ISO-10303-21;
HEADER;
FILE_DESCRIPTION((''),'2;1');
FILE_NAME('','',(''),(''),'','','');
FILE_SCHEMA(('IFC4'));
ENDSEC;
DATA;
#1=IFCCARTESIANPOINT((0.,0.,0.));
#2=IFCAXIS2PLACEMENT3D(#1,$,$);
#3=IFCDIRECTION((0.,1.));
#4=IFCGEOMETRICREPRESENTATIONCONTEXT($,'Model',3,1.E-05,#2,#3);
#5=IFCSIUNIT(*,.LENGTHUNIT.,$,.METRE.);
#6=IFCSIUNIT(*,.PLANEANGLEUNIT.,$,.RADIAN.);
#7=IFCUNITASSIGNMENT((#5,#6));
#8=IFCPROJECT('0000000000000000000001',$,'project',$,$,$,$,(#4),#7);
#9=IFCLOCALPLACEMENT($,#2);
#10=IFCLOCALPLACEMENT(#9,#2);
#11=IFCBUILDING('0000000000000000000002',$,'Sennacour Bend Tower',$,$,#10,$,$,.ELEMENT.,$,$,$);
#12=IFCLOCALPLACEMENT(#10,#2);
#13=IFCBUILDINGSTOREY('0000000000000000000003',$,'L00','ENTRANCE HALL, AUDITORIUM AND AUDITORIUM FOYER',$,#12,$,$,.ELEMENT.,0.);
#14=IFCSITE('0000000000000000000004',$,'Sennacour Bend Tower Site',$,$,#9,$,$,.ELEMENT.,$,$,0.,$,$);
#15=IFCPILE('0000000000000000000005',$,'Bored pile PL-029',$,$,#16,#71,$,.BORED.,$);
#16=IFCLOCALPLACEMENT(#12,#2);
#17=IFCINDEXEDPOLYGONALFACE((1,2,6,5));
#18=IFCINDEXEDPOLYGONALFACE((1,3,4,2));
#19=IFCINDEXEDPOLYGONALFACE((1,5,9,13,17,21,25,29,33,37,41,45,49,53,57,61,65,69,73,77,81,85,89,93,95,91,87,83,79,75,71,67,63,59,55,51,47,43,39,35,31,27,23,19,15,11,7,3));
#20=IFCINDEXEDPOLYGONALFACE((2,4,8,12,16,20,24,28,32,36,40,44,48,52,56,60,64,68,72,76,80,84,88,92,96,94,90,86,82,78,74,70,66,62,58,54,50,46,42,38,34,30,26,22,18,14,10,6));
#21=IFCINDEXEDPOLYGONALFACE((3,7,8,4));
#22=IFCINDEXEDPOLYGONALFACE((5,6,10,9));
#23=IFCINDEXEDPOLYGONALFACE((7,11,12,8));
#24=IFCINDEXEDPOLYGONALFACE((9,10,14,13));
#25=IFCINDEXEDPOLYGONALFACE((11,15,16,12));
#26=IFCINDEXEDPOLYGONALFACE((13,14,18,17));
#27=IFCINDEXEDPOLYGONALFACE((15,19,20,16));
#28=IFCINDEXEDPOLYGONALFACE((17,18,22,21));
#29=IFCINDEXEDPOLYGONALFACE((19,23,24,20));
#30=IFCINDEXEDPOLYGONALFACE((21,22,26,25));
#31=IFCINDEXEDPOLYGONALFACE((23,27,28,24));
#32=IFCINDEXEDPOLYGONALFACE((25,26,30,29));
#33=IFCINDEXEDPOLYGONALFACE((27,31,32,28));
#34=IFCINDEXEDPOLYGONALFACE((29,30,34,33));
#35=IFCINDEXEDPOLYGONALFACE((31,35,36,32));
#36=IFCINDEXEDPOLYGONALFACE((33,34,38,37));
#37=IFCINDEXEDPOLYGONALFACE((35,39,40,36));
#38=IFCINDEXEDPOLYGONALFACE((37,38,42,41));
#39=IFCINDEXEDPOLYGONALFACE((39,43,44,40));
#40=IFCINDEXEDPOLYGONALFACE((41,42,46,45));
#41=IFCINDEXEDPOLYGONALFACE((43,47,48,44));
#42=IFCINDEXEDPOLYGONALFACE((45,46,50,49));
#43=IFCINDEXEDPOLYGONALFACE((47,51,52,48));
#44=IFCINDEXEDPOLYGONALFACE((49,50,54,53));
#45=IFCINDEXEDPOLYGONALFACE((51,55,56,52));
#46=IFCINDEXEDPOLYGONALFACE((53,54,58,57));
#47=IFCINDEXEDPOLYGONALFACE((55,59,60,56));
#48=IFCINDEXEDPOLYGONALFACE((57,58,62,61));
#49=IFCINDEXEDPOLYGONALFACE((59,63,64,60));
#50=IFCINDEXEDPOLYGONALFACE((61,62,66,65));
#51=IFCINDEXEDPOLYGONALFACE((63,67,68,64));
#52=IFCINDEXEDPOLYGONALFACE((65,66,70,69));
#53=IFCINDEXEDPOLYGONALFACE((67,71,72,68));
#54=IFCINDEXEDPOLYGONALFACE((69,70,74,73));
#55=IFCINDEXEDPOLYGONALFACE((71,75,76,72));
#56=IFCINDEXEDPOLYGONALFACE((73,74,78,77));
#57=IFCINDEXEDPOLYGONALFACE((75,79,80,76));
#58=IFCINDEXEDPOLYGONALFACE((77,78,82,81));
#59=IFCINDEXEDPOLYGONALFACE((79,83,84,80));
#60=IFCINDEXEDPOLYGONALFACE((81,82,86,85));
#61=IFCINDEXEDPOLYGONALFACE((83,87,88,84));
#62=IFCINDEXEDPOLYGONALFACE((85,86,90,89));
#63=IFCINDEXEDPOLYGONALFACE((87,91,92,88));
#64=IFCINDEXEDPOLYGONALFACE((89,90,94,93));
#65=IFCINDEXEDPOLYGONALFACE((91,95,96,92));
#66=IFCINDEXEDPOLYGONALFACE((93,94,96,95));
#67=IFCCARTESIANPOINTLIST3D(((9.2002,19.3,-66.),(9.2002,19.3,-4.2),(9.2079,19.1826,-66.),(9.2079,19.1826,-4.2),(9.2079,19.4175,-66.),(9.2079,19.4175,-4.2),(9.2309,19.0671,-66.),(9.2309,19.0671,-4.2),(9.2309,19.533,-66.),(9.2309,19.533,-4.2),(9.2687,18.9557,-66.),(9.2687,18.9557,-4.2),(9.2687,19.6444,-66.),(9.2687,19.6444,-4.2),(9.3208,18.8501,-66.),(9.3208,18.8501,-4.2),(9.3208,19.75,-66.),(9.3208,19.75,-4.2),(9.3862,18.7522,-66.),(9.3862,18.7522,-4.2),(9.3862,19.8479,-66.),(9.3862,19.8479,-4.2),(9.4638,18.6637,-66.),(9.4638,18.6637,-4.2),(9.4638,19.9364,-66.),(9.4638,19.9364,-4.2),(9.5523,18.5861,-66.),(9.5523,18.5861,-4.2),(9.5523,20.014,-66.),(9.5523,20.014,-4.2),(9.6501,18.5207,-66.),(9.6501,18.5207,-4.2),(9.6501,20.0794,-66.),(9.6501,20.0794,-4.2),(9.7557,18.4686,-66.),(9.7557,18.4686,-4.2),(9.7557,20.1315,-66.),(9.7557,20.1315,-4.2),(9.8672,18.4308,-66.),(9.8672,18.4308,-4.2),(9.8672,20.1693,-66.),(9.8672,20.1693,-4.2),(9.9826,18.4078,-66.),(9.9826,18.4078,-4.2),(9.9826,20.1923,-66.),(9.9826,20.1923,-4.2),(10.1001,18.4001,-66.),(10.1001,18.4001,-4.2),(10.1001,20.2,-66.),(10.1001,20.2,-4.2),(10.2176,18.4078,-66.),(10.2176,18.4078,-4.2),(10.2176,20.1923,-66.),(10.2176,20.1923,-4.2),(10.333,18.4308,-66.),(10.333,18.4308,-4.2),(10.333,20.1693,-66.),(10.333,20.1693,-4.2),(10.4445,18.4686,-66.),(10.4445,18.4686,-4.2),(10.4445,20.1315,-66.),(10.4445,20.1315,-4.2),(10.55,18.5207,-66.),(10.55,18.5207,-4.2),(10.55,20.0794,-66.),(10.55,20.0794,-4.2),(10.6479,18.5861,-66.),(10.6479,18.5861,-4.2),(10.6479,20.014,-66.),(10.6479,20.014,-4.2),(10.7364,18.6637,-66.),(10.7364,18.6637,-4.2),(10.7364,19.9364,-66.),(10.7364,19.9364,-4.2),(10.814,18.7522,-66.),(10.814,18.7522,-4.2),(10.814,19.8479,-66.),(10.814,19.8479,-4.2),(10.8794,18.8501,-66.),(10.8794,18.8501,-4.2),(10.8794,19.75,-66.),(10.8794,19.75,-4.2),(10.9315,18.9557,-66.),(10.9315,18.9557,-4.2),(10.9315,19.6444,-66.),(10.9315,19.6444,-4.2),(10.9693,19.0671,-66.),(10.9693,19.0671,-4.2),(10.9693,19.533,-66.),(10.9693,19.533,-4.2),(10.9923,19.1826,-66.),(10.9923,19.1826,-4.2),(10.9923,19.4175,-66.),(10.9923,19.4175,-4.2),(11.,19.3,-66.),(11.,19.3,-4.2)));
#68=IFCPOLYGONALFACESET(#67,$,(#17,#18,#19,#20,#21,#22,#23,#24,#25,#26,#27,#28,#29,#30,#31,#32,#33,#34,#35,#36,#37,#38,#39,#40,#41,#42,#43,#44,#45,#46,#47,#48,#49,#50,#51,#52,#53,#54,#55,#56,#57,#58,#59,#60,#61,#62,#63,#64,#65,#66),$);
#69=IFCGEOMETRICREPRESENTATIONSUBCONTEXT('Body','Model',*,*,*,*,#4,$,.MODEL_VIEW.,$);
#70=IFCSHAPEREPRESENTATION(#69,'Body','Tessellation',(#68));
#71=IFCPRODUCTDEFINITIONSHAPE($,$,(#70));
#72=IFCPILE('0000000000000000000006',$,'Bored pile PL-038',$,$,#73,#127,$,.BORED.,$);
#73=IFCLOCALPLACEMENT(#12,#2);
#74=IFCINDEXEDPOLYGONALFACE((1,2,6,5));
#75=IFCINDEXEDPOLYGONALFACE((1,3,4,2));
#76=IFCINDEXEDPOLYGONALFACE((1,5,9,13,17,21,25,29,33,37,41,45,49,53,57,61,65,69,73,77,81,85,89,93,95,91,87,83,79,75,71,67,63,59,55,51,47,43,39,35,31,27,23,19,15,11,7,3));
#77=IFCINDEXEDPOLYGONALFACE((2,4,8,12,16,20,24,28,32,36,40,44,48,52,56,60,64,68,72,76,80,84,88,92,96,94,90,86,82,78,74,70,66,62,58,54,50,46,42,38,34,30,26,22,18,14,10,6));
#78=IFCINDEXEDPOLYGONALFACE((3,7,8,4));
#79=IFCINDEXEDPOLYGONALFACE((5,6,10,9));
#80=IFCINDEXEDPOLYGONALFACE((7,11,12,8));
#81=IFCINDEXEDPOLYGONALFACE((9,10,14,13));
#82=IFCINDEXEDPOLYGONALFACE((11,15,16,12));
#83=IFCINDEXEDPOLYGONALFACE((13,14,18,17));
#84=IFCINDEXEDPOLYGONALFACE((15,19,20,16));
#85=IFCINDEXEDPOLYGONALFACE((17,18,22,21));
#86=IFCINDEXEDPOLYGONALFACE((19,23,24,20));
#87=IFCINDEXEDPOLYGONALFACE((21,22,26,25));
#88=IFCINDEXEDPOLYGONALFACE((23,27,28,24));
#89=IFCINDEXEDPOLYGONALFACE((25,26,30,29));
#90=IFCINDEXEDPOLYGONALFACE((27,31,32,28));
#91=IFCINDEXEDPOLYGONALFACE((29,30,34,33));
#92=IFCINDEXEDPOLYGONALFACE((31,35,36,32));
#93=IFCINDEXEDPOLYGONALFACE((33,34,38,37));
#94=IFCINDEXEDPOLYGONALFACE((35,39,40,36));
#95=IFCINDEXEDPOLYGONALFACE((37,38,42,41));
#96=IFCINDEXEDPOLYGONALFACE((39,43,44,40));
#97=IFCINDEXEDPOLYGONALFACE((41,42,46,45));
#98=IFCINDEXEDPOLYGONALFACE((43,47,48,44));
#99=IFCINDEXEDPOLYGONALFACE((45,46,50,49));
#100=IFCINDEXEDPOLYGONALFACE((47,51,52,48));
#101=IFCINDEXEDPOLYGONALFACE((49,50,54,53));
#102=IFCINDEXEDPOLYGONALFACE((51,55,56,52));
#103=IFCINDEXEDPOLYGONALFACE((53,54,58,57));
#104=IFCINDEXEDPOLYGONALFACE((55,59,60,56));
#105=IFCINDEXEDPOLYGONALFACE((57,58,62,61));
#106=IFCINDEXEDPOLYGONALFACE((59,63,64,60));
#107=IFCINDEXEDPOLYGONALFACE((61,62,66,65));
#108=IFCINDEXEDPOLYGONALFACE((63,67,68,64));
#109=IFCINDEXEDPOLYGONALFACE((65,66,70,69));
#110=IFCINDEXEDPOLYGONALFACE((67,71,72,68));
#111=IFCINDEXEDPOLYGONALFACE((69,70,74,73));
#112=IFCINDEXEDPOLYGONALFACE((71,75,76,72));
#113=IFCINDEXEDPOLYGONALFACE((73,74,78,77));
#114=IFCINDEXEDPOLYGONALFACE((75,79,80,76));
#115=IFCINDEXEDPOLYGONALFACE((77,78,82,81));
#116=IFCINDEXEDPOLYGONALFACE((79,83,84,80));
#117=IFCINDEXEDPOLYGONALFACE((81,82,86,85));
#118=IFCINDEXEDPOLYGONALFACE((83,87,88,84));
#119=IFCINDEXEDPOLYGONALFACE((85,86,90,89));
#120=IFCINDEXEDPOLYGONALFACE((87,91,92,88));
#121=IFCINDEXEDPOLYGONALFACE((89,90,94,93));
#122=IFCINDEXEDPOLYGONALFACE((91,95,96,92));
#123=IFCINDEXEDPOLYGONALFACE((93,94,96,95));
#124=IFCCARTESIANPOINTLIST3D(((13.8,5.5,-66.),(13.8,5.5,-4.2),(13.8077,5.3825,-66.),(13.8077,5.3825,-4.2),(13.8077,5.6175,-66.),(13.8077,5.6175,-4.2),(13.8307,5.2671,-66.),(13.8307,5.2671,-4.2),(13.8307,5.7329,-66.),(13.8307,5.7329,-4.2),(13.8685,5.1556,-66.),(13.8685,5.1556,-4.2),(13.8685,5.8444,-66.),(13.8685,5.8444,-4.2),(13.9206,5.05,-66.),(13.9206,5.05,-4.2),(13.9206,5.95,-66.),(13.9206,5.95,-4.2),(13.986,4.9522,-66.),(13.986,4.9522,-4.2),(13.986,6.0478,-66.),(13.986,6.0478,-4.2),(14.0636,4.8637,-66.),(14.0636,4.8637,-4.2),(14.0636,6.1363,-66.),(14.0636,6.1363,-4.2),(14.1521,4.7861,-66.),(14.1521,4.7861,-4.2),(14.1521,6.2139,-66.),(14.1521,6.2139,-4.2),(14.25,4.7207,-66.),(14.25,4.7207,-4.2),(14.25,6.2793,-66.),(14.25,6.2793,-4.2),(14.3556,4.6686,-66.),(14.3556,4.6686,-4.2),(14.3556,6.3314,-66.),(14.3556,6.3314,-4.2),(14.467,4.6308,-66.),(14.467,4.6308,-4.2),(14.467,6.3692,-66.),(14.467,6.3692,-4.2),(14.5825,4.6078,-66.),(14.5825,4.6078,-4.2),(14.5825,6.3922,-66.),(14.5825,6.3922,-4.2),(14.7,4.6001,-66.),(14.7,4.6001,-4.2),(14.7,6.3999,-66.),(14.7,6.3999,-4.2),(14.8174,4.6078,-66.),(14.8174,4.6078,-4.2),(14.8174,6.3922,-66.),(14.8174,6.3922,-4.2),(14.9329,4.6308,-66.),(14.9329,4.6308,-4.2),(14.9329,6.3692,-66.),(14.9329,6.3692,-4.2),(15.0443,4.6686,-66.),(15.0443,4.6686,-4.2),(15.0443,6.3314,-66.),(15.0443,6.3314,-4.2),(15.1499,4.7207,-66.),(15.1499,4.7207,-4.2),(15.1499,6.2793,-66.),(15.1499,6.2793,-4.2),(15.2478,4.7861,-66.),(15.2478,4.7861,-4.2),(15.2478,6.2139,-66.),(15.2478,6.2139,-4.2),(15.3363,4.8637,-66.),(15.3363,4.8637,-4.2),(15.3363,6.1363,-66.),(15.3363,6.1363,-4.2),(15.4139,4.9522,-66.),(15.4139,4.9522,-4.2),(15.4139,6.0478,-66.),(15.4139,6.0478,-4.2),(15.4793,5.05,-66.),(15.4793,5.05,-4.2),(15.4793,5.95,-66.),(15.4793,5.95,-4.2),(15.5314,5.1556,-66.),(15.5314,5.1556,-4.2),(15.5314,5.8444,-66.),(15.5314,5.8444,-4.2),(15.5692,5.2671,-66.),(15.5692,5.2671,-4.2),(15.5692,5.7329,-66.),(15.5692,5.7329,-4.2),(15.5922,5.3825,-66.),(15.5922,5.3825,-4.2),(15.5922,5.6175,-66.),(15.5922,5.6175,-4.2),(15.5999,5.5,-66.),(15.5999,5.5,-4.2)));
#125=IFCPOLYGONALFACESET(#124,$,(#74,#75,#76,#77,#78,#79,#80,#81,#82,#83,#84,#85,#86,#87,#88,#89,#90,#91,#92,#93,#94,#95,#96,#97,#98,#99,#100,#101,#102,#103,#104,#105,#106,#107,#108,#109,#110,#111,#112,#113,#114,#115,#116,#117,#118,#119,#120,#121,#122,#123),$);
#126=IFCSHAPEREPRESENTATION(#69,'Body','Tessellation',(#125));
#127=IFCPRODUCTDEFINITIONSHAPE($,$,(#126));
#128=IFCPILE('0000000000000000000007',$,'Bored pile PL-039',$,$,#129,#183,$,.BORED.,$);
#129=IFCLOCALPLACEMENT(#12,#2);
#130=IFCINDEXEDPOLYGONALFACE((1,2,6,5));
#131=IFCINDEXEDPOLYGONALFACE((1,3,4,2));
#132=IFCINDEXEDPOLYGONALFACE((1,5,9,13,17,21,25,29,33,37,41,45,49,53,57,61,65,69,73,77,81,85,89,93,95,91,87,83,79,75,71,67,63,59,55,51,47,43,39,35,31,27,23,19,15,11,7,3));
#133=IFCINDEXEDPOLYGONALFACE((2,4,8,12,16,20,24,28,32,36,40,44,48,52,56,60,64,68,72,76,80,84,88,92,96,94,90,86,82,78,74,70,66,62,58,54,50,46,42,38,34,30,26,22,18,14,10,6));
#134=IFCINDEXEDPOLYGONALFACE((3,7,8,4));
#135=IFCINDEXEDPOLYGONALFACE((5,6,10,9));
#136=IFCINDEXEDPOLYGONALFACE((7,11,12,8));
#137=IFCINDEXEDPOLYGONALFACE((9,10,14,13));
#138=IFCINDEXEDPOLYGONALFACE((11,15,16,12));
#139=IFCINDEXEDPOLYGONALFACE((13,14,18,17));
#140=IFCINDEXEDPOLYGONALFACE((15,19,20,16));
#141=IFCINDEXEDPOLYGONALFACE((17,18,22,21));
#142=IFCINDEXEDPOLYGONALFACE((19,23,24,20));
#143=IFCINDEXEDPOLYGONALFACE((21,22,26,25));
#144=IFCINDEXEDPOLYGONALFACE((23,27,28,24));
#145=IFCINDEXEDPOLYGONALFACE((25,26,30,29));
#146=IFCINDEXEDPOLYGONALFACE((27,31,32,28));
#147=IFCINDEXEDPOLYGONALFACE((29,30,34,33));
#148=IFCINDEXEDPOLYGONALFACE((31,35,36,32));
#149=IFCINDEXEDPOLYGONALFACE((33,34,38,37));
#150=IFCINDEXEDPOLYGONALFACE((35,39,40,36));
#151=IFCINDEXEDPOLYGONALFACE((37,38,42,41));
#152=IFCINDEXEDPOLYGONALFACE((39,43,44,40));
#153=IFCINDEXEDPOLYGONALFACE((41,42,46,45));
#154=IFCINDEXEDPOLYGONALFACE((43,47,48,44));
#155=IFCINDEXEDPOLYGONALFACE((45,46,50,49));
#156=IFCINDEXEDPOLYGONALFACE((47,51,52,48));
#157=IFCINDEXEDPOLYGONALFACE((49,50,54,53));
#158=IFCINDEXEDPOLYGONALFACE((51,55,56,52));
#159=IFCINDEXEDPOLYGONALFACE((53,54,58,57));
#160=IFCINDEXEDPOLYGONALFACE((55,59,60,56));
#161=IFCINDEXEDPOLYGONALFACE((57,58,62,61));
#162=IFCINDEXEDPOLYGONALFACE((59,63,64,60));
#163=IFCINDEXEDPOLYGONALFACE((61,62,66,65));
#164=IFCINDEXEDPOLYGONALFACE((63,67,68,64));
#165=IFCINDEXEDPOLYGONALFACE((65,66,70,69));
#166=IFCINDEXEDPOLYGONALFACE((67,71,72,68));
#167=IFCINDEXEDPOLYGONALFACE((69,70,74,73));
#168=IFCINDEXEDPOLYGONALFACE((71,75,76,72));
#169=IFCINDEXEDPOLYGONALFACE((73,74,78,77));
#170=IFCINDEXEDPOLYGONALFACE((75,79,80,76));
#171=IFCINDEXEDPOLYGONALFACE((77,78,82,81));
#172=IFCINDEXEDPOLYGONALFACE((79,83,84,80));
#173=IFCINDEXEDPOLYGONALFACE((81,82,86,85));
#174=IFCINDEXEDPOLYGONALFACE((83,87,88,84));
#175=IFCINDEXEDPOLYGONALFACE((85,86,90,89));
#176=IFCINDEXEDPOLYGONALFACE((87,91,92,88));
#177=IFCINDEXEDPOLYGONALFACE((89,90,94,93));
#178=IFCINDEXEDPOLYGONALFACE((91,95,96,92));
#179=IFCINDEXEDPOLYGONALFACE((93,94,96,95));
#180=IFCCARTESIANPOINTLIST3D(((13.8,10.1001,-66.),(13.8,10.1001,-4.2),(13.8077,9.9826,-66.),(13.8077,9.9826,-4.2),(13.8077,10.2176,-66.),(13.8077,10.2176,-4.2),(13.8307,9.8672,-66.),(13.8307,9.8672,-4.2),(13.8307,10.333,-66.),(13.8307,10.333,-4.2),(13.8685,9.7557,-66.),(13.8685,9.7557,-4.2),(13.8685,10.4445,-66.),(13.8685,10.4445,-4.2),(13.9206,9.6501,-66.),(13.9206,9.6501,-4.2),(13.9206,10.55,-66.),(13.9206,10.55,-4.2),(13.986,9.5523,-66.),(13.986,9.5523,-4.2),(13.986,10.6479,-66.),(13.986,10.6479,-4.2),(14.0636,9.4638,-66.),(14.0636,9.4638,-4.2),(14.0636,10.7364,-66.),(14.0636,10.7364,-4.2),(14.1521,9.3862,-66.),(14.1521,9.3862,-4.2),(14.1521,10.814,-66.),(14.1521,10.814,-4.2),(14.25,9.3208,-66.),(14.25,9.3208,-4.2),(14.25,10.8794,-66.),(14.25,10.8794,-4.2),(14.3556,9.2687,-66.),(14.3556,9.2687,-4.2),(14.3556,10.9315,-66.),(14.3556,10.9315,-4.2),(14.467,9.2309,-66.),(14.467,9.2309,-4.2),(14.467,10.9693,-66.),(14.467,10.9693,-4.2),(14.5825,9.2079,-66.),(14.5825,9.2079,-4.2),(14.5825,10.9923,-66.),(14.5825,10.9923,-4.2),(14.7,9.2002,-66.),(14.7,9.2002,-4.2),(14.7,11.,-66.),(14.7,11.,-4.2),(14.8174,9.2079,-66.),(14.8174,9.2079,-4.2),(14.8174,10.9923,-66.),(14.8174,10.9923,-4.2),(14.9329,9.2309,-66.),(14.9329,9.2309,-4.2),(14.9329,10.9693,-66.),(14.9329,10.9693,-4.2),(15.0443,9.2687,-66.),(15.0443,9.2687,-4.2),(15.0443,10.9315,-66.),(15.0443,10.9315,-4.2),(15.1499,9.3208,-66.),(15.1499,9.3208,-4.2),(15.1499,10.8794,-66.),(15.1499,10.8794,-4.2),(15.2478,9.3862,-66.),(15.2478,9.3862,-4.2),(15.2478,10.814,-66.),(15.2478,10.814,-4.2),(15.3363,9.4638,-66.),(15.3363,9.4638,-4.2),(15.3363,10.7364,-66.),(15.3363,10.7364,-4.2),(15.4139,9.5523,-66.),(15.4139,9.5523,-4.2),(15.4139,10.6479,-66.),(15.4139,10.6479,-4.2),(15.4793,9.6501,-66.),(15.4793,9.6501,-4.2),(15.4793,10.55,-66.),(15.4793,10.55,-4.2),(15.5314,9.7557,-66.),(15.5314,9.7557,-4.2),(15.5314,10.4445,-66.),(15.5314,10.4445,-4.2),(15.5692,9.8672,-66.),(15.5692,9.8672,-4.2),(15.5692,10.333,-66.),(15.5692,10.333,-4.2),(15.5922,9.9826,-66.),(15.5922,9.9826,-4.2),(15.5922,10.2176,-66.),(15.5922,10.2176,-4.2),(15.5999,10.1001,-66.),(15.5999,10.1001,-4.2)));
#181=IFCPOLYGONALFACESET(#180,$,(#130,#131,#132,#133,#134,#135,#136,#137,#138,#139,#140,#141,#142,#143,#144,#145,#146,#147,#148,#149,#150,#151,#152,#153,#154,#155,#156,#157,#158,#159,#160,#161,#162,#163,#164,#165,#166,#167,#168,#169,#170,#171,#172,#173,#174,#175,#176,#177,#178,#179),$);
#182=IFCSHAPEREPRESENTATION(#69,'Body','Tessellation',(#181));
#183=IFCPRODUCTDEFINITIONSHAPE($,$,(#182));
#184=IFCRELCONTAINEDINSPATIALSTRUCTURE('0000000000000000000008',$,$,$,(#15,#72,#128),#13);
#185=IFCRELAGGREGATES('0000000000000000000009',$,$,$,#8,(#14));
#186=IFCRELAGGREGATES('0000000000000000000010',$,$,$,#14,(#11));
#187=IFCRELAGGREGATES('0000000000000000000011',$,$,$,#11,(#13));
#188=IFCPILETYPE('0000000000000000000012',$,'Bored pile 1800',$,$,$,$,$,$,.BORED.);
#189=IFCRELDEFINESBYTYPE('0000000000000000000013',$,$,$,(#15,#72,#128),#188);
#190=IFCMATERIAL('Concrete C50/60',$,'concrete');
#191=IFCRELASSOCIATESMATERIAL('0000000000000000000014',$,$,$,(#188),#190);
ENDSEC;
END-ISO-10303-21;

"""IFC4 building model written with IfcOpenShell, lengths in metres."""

from ifc_helpers import new_model, si_unit, direction, frame, origin, origin_2d, place, context, subcontext, project, spatial, circle, extrude, material, material_profile, profile_set, type_object, element, save


model = new_model("IFC4")

# Units and contexts
model_context = context("Model", 3, precision=1e-05, world=origin(), true_north=direction((0.0, 1.0)))
body_context = subcontext(model_context, "Body", "Model", "MODEL_VIEW")
ifc_project = project(units=[si_unit("LENGTHUNIT", "METRE"), si_unit("PLANEANGLEUNIT", "RADIAN")], contexts=[model_context])

# Site, building, storey
site_placement = place(None, origin())
site = spatial("IfcSite", under=ifc_project, at=site_placement, Name="Sennacour Bend Tower Site", CompositionType="ELEMENT", RefElevation=0.0)
building_placement = place(site_placement, origin())
building = spatial("IfcBuilding", under=site, at=building_placement, Name="Sennacour Bend Tower", CompositionType="ELEMENT")
storey_placement = place(building_placement, origin())
storey = spatial("IfcBuildingStorey", under=building, at=storey_placement, Name="L00", Description="ENTRANCE HALL, AUDITORIUM AND AUDITORIUM FOYER", CompositionType="ELEMENT", Elevation=0.0)

# Piles
ifc_material_1 = material(Name="Concrete C50/60", Category="concrete")
ifc_material_profile_1 = material_profile(ifc_material_1, circle(Radius=0.8999, at=origin_2d()), Name="Concrete C50/60", Category="concrete")
ifc_profile_set_1 = profile_set([ifc_material_profile_1], Name="Concrete C50/60")
pile_type = type_object("IfcPileType", Name="Bored pile 1800", PredefinedType="BORED", material=ifc_profile_set_1)
for number, where, z_axis, x_axis, name in (
    (1, (10.1001, 19.3, -4.2), (0.0, 0.0, -1.0), (1.0, 0.0, 0.0), "Bored pile PL-029"),
    (2, (14.7, 5.5, -4.2), (0.0, 0.0, -1.0), (1.0, 0.0, 0.0), "Bored pile PL-038"),
    (3, (14.7, 10.1001, -4.2), (0.0, 0.0, -1.0), (1.0, 0.0, 0.0), "Bored pile PL-039"),
):
    element("IfcPile", number, at=place(storey_placement, frame(where, z_axis=z_axis, x_axis=x_axis)), inside=storey, type_object=pile_type, Name=name, PredefinedType="BORED", context=body_context, shape_type="SweptSolid", body=[
        extrude(circle(Radius=0.8999, at=origin_2d()), origin(), (0.0, 0.0, 1.0), 61.8),
    ])

save(model, "model.ifc")
